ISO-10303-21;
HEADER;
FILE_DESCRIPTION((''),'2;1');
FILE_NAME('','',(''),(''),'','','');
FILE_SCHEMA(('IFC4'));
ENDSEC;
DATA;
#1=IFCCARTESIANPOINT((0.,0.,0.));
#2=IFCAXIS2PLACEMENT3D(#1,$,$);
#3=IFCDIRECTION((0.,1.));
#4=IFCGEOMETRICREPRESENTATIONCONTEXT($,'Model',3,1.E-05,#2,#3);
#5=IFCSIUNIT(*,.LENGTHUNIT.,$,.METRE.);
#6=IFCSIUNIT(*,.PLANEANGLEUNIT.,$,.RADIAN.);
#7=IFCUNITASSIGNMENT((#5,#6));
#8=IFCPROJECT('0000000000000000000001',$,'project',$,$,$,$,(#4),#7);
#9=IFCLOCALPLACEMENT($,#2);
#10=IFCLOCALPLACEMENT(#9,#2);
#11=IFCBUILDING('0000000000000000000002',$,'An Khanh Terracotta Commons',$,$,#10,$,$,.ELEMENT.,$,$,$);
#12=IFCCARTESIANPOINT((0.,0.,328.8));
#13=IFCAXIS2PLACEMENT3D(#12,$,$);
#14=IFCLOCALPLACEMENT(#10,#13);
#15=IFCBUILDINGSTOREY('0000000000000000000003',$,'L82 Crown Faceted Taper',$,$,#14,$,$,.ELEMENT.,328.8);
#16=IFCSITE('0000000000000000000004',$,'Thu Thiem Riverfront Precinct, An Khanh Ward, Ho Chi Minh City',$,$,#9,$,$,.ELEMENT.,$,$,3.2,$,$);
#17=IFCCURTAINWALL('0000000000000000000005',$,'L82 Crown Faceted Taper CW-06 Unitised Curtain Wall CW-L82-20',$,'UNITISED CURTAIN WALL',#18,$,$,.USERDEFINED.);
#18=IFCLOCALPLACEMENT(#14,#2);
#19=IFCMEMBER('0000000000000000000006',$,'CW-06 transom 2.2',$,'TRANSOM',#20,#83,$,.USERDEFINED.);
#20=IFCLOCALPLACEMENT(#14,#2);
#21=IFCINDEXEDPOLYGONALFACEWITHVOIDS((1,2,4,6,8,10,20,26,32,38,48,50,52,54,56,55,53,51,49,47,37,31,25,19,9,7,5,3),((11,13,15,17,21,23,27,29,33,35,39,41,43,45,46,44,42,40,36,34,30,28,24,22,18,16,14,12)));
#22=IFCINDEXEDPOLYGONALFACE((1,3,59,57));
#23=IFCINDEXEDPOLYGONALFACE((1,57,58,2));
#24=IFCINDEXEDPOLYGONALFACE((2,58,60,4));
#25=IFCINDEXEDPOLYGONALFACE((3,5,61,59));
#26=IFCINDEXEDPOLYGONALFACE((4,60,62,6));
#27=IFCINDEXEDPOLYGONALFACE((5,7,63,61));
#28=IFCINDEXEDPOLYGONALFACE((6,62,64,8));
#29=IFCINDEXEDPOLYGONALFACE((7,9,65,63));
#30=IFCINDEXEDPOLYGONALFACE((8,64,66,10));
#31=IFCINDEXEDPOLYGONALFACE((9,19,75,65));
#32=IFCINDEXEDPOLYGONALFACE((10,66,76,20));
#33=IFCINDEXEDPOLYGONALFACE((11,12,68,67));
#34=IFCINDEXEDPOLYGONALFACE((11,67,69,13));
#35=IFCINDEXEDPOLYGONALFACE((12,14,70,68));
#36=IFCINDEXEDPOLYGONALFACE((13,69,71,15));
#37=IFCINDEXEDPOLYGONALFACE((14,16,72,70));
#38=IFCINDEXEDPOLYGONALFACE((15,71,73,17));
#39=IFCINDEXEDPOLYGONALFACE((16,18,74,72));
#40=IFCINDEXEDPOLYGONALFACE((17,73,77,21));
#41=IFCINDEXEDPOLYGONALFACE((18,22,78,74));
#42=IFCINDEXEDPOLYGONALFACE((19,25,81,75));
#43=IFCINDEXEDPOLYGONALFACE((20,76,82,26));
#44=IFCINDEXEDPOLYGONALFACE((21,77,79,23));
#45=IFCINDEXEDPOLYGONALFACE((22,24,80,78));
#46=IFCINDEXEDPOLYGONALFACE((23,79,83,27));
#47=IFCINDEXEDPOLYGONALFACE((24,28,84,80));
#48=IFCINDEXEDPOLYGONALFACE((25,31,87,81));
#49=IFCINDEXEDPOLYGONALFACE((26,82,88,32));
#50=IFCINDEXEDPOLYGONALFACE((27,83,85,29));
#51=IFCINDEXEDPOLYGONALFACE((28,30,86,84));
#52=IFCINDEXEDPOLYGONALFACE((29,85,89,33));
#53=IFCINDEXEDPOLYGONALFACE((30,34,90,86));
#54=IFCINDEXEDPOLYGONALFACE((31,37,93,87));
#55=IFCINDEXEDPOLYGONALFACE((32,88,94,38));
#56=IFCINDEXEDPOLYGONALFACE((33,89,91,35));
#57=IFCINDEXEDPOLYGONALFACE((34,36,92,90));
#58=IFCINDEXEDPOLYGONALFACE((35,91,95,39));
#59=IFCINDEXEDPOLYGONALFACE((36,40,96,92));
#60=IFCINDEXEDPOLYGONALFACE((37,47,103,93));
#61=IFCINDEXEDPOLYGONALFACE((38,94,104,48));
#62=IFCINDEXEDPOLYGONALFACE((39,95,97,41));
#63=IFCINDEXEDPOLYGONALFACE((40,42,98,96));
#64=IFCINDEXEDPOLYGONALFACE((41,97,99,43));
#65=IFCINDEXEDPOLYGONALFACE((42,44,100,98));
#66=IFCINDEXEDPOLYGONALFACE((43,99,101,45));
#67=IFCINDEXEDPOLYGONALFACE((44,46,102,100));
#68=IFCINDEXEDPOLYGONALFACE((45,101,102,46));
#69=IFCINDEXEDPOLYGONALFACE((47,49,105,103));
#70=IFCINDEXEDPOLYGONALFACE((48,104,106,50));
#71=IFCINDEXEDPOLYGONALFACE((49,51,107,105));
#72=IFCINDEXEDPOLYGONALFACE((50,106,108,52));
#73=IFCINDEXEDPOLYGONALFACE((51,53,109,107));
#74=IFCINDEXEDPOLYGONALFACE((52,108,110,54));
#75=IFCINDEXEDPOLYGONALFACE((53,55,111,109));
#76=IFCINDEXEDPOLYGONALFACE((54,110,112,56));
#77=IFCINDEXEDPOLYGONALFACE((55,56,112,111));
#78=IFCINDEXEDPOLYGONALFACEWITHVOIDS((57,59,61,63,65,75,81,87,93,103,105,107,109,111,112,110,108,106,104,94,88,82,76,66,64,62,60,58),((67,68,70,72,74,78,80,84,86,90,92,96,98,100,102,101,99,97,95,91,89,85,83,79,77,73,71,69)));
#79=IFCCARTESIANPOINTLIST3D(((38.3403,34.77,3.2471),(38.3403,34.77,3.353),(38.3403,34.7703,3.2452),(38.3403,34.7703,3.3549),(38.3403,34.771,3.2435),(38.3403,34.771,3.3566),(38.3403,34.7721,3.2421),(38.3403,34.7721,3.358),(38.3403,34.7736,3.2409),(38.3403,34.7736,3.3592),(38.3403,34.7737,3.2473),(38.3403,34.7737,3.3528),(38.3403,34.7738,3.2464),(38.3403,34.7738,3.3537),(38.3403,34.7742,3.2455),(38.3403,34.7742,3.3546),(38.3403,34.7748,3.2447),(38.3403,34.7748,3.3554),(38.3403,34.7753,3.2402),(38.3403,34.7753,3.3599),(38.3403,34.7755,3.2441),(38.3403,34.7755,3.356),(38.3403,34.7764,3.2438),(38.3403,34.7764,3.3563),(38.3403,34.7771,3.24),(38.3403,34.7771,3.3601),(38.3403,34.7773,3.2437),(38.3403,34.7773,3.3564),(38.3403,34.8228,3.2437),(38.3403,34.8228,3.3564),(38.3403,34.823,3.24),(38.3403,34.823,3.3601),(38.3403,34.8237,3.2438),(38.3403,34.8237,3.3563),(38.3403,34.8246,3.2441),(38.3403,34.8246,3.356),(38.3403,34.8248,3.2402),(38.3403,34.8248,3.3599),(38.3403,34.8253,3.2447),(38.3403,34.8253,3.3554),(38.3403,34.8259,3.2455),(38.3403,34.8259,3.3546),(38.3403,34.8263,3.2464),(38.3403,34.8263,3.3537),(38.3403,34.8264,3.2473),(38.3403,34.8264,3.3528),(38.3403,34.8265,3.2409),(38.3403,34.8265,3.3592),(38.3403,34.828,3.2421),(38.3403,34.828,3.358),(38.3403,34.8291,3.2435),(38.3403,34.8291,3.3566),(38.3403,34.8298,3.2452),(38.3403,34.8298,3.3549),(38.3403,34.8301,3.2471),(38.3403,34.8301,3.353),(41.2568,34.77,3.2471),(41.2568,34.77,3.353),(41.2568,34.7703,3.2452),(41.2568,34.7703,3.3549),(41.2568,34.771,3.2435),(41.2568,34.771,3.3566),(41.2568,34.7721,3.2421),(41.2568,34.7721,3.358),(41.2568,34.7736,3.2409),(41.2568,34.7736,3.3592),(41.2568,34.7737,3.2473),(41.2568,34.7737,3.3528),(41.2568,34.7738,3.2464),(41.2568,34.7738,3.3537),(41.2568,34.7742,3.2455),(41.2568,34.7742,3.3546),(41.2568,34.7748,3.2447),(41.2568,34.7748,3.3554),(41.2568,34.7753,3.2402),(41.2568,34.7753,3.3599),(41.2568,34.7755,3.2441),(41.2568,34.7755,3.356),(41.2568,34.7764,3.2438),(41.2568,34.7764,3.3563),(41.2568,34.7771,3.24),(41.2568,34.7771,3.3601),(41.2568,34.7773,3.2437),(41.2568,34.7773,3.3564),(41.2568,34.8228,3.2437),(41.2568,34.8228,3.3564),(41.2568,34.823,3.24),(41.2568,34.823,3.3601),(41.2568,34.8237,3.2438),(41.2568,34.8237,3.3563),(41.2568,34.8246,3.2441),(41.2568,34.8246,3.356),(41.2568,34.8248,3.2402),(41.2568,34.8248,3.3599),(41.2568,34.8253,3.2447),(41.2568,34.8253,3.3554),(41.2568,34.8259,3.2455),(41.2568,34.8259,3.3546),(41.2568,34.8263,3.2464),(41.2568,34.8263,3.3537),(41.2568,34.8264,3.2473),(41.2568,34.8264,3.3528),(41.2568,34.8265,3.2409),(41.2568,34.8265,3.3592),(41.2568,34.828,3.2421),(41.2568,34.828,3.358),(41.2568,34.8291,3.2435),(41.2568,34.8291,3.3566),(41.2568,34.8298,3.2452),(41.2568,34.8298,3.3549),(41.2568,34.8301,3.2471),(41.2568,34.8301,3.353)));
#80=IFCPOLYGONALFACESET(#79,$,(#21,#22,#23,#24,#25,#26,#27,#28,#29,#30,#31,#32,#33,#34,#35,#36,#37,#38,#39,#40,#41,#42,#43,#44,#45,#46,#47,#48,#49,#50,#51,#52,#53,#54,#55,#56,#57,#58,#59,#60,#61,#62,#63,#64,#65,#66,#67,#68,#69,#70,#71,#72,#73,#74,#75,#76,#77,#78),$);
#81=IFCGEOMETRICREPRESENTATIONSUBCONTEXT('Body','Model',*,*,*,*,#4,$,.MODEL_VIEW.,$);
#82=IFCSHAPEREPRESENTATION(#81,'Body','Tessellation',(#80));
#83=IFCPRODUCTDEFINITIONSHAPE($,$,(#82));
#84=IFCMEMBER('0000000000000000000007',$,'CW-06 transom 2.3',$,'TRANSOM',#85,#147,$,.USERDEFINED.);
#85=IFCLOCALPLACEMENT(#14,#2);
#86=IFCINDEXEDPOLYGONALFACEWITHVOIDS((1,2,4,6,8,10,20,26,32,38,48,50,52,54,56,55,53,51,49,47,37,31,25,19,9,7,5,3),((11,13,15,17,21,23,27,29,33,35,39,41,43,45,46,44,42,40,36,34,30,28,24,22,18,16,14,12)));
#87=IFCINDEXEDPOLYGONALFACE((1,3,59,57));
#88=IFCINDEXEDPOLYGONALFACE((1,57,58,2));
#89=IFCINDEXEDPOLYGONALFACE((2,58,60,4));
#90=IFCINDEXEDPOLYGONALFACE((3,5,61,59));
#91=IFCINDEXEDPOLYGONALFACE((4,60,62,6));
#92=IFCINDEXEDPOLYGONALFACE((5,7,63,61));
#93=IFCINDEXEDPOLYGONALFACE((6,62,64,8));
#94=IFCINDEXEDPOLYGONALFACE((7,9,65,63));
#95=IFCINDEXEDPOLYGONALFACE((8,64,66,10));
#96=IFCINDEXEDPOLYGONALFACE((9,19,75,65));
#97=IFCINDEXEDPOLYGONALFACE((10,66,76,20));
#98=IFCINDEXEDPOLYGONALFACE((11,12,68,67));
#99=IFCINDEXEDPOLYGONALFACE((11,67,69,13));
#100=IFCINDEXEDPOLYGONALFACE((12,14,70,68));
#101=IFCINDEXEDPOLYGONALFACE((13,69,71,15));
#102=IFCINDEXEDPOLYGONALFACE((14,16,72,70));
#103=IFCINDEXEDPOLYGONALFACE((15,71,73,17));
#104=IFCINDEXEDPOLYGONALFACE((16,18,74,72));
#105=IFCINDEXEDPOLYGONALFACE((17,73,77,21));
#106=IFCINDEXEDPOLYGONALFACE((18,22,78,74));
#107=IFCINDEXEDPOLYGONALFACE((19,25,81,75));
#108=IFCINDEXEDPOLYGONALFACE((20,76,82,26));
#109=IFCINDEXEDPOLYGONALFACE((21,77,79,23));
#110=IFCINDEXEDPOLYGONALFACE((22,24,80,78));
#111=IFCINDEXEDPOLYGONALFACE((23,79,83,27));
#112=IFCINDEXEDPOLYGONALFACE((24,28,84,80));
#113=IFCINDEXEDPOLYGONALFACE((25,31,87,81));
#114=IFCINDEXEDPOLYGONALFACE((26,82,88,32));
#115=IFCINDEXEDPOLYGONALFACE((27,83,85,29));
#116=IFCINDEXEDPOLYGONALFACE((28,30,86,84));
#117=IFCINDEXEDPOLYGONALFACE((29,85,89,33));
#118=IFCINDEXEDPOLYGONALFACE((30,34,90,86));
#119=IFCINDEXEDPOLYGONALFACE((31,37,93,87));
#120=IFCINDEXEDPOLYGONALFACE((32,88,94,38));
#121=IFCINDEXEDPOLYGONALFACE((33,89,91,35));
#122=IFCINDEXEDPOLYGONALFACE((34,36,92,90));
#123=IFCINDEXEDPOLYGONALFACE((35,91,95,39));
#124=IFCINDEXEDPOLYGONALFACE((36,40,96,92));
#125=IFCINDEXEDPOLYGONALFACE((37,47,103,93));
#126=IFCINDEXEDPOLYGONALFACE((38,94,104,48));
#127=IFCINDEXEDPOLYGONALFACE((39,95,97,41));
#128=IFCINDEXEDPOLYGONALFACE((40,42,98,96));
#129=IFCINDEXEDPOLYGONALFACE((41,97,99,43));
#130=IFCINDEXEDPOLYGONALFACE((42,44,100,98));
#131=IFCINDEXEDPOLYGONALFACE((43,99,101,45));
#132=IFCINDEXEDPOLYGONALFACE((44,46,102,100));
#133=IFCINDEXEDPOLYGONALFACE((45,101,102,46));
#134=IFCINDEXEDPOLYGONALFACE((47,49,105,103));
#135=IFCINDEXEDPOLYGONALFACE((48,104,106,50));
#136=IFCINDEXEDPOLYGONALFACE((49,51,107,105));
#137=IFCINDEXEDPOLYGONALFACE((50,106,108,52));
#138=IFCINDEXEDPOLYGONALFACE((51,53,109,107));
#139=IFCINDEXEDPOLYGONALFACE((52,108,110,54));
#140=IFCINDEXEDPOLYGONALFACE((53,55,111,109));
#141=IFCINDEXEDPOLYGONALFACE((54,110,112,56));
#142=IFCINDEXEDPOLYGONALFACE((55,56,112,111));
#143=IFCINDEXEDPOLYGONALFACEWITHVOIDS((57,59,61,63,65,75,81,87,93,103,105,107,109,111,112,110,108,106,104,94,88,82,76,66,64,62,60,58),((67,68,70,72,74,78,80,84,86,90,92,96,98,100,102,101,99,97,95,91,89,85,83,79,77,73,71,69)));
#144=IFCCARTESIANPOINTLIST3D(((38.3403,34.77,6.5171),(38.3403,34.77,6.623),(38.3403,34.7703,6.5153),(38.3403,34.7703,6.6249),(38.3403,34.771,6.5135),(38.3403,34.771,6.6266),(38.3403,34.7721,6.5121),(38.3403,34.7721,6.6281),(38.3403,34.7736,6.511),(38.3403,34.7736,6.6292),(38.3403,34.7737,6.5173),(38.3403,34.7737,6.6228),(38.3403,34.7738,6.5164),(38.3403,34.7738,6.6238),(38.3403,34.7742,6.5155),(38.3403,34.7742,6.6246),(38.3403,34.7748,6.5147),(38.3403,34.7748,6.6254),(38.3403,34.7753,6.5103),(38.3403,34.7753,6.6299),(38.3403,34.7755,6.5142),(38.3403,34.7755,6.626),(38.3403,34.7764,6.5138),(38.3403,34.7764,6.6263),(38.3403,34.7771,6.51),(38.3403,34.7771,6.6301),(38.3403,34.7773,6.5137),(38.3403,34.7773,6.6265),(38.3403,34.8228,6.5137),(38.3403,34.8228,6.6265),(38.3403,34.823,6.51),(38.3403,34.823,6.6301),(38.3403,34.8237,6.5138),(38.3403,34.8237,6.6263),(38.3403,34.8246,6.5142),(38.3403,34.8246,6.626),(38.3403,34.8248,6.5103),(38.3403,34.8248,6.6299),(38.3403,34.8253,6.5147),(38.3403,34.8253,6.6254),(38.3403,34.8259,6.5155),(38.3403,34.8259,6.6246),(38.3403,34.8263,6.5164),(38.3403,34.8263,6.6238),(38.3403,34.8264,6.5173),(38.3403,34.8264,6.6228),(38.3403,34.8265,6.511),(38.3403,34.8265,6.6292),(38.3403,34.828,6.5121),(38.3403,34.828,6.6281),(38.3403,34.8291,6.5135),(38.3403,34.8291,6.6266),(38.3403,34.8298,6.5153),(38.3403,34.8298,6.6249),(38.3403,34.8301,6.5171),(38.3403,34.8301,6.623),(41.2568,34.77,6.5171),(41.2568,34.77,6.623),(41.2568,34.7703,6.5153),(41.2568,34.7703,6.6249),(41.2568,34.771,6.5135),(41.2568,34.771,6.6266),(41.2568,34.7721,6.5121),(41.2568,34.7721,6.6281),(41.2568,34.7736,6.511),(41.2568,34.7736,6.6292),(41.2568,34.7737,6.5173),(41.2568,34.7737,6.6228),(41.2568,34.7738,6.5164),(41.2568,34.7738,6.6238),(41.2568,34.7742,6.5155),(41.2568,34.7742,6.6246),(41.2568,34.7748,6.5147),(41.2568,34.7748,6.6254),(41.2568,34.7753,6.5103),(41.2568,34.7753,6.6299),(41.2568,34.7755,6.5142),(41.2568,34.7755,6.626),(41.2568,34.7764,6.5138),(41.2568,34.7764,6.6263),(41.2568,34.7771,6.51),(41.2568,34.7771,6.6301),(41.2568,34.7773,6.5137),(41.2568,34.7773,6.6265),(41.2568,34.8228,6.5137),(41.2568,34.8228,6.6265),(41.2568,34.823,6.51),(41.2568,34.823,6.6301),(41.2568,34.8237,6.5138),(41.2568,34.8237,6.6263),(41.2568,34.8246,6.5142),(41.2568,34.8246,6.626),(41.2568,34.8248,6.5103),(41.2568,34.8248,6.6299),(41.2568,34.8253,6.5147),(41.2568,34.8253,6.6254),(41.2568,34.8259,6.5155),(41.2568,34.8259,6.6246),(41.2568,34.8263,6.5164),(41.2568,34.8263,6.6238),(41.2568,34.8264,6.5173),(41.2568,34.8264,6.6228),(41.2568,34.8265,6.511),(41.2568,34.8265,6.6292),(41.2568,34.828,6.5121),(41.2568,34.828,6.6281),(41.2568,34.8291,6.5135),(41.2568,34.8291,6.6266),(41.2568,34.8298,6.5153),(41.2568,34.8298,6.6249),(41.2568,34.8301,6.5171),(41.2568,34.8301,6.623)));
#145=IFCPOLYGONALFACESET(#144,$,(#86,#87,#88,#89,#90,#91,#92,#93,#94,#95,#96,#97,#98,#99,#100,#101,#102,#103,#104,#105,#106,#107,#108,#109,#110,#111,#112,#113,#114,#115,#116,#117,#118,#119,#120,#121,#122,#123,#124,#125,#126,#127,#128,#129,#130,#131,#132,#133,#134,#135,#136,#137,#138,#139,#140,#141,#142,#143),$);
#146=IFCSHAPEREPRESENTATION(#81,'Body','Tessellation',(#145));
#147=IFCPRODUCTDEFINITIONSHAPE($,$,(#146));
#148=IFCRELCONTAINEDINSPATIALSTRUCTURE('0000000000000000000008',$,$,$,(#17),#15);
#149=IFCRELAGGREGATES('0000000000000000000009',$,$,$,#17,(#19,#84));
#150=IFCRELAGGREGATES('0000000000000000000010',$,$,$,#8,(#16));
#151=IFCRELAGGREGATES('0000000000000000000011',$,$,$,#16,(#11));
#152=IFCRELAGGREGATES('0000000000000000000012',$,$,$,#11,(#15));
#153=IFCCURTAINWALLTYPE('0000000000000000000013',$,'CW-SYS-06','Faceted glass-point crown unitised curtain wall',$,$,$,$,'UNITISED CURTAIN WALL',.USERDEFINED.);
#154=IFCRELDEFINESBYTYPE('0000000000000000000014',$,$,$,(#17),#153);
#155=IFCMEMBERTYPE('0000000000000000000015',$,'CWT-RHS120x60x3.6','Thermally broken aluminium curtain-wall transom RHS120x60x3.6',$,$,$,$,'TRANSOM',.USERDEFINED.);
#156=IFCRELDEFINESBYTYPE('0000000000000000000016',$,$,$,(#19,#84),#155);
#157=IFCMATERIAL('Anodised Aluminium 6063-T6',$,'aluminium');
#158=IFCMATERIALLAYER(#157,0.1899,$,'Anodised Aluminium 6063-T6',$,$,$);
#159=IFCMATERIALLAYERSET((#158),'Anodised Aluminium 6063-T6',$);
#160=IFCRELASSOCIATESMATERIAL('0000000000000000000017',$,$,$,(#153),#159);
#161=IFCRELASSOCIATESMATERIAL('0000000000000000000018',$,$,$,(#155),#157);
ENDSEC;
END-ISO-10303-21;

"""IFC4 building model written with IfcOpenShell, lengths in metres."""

from ifc_helpers import new_model, si_unit, direction, frame, origin, origin_2d, place, context, subcontext, project, spatial, hollow_rectangle, extrude, material, layer, layer_set, material_profile, profile_set, type_object, element, aggregate, save


model = new_model("IFC4")

# Units and contexts
model_context = context("Model", 3, precision=1e-05, world=origin(), true_north=direction((0.0, 1.0)))
body_context = subcontext(model_context, "Body", "Model", "MODEL_VIEW")
ifc_project = project(units=[si_unit("LENGTHUNIT", "METRE"), si_unit("PLANEANGLEUNIT", "RADIAN")], contexts=[model_context])

# Site, building, storey
site_placement = place(None, origin())
site = spatial("IfcSite", under=ifc_project, at=site_placement, Name="Thu Thiem Riverfront Precinct, An Khanh Ward, Ho Chi Minh City", CompositionType="ELEMENT", RefElevation=3.2)
building_placement = place(site_placement, origin())
building = spatial("IfcBuilding", under=site, at=building_placement, Name="An Khanh Terracotta Commons", CompositionType="ELEMENT")
storey_placement = place(building_placement, frame((0.0, 0.0, 328.8)))
storey = spatial("IfcBuildingStorey", under=building, at=storey_placement, Name="L82 Crown Faceted Taper", CompositionType="ELEMENT", Elevation=328.8)

# Curtain wall, members
ifc_material_1 = material(Name="Anodised Aluminium 6063-T6", Category="aluminium")
ifc_layer_1 = layer(ifc_material_1, 0.1899, Name="Anodised Aluminium 6063-T6")
ifc_layer_set_1 = layer_set([ifc_layer_1], Name="Anodised Aluminium 6063-T6")
curtain_wall_type = type_object("IfcCurtainWallType", Name="CW-SYS-06", Description="Faceted glass-point crown unitised curtain wall", ElementType="UNITISED CURTAIN WALL", PredefinedType="USERDEFINED", material=ifc_layer_set_1)
curtain_wall_placement = place(storey_placement, origin())
curtain_wall = element("IfcCurtainWall", 1, at=curtain_wall_placement, inside=storey, type_object=curtain_wall_type, Name="L82 Crown Faceted Taper CW-06 Unitised Curtain Wall CW-L82-20", ObjectType="UNITISED CURTAIN WALL", PredefinedType="USERDEFINED")
ifc_material_profile_1 = material_profile(ifc_material_1, hollow_rectangle(XDim=0.0601, YDim=0.1201, WallThickness=0.0037, InnerFilletRadius=0.0037, OuterFilletRadius=0.0071, at=origin_2d()), Name="RHS120x60x3.6")
ifc_profile_set_1 = profile_set([ifc_material_profile_1], Name="Anodised Aluminium 6063-T6")
member_type_1 = type_object("IfcMemberType", Name="CWT-RHS120x60x3.6", Description="Thermally broken aluminium curtain-wall transom RHS120x60x3.6", ElementType="TRANSOM", PredefinedType="USERDEFINED", material=ifc_profile_set_1)
member_1_placement = place(storey_placement, frame((41.2568, 34.8, 3.3), z_axis=(-1.0, 0.0, 0.0), x_axis=(0.0, -1.0, 0.0)))
member_1 = element("IfcMember", 2, at=member_1_placement, type_object=member_type_1, Name="CW-06 transom 2.2", ObjectType="TRANSOM", PredefinedType="USERDEFINED", context=body_context, shape_type="SweptSolid", body=[
    extrude(hollow_rectangle(XDim=0.0601, YDim=0.1201, WallThickness=0.0037, InnerFilletRadius=0.0037, OuterFilletRadius=0.0071, at=origin_2d()), origin(), (0.0, 0.0, 1.0), 2.9165),
])
member_2_placement = place(storey_placement, frame((41.2568, 34.8, 6.5701), z_axis=(-1.0, 0.0, 0.0), x_axis=(0.0, -1.0, 0.0)))
member_2 = element("IfcMember", 3, at=member_2_placement, type_object=member_type_1, Name="CW-06 transom 2.3", ObjectType="TRANSOM", PredefinedType="USERDEFINED", context=body_context, shape_type="SweptSolid", body=[
    extrude(hollow_rectangle(XDim=0.0601, YDim=0.1201, WallThickness=0.0037, InnerFilletRadius=0.0037, OuterFilletRadius=0.0071, at=origin_2d()), origin(), (0.0, 0.0, 1.0), 2.9165),
])

aggregate(curtain_wall, [member_1, member_2])

save(model, "model.ifc")
